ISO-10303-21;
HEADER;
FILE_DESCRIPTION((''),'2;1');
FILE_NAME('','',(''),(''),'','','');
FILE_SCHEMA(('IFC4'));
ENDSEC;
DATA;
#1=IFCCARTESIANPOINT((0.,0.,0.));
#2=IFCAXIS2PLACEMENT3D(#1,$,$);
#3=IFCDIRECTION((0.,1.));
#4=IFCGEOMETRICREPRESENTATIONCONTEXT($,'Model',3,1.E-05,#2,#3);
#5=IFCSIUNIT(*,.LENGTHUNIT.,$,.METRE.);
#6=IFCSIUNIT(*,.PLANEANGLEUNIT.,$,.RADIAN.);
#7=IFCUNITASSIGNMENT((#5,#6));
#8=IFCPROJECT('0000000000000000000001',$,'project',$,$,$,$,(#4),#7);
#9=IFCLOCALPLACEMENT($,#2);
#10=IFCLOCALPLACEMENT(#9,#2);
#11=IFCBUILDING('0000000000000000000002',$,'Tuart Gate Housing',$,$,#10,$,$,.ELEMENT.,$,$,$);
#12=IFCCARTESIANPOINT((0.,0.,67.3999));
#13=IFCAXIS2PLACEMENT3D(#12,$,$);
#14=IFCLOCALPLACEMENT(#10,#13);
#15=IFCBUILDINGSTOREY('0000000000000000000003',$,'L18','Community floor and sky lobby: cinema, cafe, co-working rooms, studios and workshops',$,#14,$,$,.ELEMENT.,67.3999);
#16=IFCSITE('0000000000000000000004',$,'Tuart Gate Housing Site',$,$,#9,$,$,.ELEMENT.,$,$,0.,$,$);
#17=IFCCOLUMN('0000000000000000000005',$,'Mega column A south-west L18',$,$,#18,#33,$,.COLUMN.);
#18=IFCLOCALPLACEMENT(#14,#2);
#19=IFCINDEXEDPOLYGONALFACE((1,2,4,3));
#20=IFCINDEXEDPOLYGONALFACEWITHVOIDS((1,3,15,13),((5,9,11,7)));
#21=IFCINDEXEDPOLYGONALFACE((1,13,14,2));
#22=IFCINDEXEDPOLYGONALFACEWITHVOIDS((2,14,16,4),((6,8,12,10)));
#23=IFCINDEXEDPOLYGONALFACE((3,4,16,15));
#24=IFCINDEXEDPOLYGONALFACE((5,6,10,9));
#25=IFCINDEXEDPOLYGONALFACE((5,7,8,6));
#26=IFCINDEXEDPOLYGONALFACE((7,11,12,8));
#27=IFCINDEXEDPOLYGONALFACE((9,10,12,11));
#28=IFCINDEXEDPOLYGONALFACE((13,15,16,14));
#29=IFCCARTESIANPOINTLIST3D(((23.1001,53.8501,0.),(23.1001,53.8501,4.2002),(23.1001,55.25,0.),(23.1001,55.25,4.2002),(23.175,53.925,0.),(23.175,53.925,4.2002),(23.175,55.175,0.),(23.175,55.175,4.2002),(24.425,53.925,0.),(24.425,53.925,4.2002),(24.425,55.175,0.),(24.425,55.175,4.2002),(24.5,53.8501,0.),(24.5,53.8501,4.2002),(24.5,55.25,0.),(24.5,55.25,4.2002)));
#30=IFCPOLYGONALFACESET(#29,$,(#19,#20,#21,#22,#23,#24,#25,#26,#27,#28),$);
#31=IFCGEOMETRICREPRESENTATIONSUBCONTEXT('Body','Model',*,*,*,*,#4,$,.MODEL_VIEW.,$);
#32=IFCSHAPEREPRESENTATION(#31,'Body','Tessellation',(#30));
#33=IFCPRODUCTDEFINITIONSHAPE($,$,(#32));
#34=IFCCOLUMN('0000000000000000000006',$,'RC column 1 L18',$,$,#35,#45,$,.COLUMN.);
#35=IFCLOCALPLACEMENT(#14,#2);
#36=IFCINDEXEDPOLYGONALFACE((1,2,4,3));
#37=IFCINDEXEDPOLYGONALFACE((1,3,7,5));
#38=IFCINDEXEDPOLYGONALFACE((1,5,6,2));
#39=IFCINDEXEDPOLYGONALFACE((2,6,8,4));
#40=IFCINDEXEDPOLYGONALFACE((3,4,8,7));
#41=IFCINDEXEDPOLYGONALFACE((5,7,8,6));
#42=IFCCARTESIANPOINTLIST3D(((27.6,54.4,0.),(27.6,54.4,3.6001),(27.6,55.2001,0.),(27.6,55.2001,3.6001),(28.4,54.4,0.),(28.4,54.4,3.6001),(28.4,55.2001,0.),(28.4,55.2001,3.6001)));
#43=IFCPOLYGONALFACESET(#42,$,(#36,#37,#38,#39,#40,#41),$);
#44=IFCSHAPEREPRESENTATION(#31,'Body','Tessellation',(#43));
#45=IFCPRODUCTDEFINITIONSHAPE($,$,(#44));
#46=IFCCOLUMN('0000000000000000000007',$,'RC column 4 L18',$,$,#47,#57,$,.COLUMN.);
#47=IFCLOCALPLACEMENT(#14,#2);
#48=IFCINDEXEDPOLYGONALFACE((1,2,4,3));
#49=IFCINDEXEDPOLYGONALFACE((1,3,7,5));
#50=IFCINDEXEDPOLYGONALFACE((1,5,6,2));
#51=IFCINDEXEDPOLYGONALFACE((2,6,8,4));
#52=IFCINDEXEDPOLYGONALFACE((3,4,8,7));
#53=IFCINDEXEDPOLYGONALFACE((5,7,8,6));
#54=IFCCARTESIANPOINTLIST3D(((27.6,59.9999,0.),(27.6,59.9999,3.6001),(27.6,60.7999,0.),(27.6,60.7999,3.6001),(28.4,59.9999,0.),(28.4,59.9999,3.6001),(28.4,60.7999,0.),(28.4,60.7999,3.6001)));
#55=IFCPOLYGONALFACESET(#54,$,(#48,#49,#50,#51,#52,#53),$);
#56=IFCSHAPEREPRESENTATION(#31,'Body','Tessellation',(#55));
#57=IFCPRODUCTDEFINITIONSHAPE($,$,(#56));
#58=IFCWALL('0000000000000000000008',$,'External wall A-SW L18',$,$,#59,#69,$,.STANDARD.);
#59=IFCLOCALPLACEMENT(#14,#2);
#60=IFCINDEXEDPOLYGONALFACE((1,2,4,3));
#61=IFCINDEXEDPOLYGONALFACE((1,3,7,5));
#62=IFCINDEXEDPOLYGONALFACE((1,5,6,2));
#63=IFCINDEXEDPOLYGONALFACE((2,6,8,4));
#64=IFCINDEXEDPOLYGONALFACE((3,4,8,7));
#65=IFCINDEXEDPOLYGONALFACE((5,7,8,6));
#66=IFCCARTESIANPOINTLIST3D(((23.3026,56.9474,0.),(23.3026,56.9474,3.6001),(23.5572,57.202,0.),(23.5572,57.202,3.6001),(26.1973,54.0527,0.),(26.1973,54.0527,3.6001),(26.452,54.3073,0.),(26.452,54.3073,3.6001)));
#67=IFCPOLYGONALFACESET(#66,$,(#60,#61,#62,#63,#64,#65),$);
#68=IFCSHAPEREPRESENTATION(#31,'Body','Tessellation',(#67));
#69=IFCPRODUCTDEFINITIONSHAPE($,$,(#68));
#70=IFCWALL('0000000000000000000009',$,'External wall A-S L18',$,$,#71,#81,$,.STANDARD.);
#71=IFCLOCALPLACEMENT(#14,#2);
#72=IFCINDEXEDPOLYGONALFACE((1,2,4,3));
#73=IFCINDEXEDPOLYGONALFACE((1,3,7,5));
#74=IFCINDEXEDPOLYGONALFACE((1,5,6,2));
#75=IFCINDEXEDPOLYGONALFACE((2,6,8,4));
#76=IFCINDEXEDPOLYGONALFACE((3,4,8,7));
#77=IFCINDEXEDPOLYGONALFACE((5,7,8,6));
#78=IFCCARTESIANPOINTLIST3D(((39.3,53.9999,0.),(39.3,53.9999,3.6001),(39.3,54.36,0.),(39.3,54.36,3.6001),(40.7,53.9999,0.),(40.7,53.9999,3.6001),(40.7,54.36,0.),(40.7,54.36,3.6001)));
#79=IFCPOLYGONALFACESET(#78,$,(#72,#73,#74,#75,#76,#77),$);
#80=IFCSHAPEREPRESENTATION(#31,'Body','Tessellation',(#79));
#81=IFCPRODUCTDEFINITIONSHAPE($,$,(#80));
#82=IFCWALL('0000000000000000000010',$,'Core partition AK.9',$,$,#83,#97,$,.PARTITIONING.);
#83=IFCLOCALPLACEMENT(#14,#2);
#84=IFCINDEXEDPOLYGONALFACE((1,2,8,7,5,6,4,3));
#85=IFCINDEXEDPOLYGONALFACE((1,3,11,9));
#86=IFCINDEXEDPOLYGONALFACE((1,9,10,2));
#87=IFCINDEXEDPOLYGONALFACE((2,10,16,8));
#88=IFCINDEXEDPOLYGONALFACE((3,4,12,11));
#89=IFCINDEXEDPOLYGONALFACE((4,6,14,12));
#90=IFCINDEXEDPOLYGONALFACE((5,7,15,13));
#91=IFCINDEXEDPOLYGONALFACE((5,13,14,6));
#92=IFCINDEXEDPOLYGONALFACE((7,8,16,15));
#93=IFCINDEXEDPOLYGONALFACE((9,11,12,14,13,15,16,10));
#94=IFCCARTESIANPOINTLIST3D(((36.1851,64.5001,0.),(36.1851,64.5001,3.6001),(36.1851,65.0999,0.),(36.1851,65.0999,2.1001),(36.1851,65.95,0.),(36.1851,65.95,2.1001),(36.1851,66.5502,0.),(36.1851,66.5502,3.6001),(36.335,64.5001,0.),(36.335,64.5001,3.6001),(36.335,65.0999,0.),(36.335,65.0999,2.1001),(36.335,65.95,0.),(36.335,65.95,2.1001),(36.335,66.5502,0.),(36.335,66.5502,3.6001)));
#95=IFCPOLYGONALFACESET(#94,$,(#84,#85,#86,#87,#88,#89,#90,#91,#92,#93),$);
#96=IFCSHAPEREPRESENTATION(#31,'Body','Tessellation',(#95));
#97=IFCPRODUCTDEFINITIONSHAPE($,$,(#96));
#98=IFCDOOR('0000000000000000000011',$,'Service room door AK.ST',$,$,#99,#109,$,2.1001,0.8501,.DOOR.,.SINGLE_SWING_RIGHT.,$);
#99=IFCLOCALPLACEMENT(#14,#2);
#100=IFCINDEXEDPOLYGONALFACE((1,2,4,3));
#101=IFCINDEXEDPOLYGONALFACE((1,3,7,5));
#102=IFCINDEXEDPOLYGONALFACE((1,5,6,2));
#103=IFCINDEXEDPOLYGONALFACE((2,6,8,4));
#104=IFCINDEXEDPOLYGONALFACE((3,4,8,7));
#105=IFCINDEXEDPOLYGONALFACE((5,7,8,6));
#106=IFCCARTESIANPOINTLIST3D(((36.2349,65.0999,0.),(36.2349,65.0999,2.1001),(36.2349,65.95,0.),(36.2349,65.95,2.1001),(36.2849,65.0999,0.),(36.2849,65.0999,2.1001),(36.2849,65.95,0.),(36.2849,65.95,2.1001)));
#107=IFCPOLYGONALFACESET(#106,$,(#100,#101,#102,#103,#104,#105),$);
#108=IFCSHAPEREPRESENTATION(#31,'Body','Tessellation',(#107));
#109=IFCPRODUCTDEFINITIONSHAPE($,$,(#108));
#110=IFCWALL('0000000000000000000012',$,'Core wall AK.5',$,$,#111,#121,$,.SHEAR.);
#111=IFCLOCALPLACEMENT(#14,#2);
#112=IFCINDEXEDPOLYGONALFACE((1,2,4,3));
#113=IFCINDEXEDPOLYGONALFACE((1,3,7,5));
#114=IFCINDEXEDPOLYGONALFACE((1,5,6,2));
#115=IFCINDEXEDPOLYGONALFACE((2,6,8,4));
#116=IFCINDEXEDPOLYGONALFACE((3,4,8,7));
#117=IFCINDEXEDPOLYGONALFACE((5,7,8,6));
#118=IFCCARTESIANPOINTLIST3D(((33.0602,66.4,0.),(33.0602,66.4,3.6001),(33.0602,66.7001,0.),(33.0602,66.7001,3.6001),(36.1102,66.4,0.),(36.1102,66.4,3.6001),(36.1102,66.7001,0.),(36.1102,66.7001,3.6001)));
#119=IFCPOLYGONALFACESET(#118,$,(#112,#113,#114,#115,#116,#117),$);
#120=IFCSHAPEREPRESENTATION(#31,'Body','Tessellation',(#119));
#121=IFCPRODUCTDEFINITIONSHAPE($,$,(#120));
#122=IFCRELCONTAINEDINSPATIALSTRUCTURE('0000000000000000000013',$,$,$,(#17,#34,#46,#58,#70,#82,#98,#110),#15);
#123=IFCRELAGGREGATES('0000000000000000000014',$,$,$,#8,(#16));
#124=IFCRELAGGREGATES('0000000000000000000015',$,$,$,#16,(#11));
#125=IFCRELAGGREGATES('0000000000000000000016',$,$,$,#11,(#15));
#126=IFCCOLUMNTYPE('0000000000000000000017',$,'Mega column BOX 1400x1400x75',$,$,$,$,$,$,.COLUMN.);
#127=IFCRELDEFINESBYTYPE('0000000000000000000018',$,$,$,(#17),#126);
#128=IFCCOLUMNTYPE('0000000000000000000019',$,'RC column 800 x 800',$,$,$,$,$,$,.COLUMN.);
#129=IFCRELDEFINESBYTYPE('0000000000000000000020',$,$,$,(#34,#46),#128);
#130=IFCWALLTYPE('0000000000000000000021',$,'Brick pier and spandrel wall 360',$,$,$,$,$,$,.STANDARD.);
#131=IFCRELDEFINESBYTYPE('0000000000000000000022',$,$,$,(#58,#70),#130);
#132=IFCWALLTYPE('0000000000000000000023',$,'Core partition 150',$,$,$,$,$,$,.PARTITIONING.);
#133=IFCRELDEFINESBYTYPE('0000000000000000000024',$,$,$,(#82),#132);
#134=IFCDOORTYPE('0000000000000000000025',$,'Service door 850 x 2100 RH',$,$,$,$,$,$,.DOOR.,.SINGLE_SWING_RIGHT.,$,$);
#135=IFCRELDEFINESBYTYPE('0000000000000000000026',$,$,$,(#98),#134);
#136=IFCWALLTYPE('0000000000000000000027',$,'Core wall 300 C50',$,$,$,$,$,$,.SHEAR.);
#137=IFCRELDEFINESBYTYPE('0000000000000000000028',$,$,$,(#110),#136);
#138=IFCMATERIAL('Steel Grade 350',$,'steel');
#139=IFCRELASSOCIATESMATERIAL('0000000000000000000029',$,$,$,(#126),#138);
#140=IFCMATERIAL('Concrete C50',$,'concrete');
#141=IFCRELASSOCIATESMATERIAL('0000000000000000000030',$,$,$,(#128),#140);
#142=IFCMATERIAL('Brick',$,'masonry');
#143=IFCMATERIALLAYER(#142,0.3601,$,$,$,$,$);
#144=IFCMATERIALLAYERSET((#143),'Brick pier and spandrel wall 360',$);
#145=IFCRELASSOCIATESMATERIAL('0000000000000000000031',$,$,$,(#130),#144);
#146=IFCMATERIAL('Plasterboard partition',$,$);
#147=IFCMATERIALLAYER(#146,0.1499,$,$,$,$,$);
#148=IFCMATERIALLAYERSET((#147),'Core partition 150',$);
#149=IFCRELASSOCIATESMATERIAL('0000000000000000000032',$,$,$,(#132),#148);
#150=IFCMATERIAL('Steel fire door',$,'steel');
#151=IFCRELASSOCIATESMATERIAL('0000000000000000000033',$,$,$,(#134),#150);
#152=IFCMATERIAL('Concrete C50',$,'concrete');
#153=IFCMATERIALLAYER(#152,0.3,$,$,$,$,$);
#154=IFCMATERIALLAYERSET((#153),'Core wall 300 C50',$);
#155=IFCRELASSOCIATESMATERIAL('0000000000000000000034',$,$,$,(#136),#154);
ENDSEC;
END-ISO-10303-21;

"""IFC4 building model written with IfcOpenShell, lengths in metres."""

from ifc_helpers import new_model, si_unit, direction, frame, frame_2d, origin, origin_2d, place, context, subcontext, project, spatial, rectangle, hollow_rectangle, extrude, material, layer, layer_set, material_profile, profile_set, type_object, element, fill, save


model = new_model("IFC4")

# Units and contexts
model_context = context("Model", 3, precision=1e-05, world=origin(), true_north=direction((0.0, 1.0)))
body_context = subcontext(model_context, "Body", "Model", "MODEL_VIEW")
ifc_project = project(units=[si_unit("LENGTHUNIT", "METRE"), si_unit("PLANEANGLEUNIT", "RADIAN")], contexts=[model_context])

# Site, building, storey
site_placement = place(None, origin())
site = spatial("IfcSite", under=ifc_project, at=site_placement, Name="Tuart Gate Housing Site", CompositionType="ELEMENT", RefElevation=0.0)
building_placement = place(site_placement, origin())
building = spatial("IfcBuilding", under=site, at=building_placement, Name="Tuart Gate Housing", CompositionType="ELEMENT")
storey_placement = place(building_placement, frame((0.0, 0.0, 67.3999)))
storey = spatial("IfcBuildingStorey", under=building, at=storey_placement, Name="L18", Description="Community floor and sky lobby: cinema, cafe, co-working rooms, studios and workshops", CompositionType="ELEMENT", Elevation=67.3999)

# Columns
ifc_material_1 = material(Name="Steel Grade 350", Category="steel")
ifc_material_profile_1 = material_profile(ifc_material_1, hollow_rectangle(XDim=1.3999, YDim=1.3999, WallThickness=0.075, at=origin_2d()), Name="BOX 1400x1400x75")
ifc_profile_set_1 = profile_set([ifc_material_profile_1], Name="Steel Grade 350")
column_type_1 = type_object("IfcColumnType", Name="Mega column BOX 1400x1400x75", PredefinedType="COLUMN", material=ifc_profile_set_1)
column_placement = place(storey_placement, frame((23.8, 54.55, 0.0), z_axis=(0.0, 0.0, 1.0), x_axis=(1.0, 0.0, 0.0)))
element("IfcColumn", 1, at=column_placement, inside=storey, type_object=column_type_1, Name="Mega column A south-west L18", PredefinedType="COLUMN", context=body_context, shape_type="SweptSolid", body=[
    extrude(hollow_rectangle(XDim=1.3999, YDim=1.3999, WallThickness=0.075, at=origin_2d()), origin(), (0.0, 0.0, 1.0), 4.2002),
])
ifc_material_2 = material(Name="Concrete C50", Category="concrete")
ifc_material_profile_2 = material_profile(ifc_material_2, rectangle(XDim=0.8, YDim=0.8, at=origin_2d()), Name="RC column 800 x 800")
ifc_profile_set_2 = profile_set([ifc_material_profile_2], Name="Concrete C50")
column_type_2 = type_object("IfcColumnType", Name="RC column 800 x 800", PredefinedType="COLUMN", material=ifc_profile_set_2)
for number, where, z_axis, x_axis, name in (
    (2, (28.0, 54.8, 0.0), (0.0, 0.0, 1.0), (1.0, 0.0, 0.0), "RC column 1 L18"),
    (3, (28.0, 60.3999, 0.0), (0.0, 0.0, 1.0), (1.0, 0.0, 0.0), "RC column 4 L18"),
):
    element("IfcColumn", number, at=place(storey_placement, frame(where, z_axis=z_axis, x_axis=x_axis)), inside=storey, type_object=column_type_2, Name=name, PredefinedType="COLUMN", context=body_context, shape_type="SweptSolid", body=[
        extrude(rectangle(XDim=0.8, YDim=0.8, at=origin_2d()), origin(), (0.0, 0.0, 1.0), 3.6001),
    ])

# Walls
ifc_material_3 = material(Name="Brick", Category="masonry")
ifc_layer_1 = layer(ifc_material_3, 0.3601)
ifc_layer_set_1 = layer_set([ifc_layer_1], Name="Brick pier and spandrel wall 360")
wall_type_1 = type_object("IfcWallType", Name="Brick pier and spandrel wall 360", PredefinedType="STANDARD", material=ifc_layer_set_1)
wall_1_placement = place(storey_placement, frame((23.4299, 57.0747, 0.0), z_axis=(0.0, 0.0, 1.0), x_axis=(0.707107, -0.707107, 0.0)))
element("IfcWall", 4, at=wall_1_placement, inside=storey, type_object=wall_type_1, Name="External wall A-SW L18", PredefinedType="STANDARD", context=body_context, shape_type="SweptSolid", body=[
    extrude(rectangle(XDim=4.0938, YDim=0.3601, at=frame_2d((2.0469, 0.0))), origin(), (0.0, 0.0, 1.0), 3.6001),
])
wall_2_placement = place(storey_placement, frame((39.3, 54.1799, 0.0), z_axis=(0.0, 0.0, 1.0), x_axis=(1.0, 0.0, 0.0)))
element("IfcWall", 5, at=wall_2_placement, inside=storey, type_object=wall_type_1, Name="External wall A-S L18", PredefinedType="STANDARD", context=body_context, shape_type="SweptSolid", body=[
    extrude(rectangle(XDim=1.3999, YDim=0.3601, at=frame_2d((0.7, 0.0))), origin(), (0.0, 0.0, 1.0), 3.6001),
])

# Wall, opening, door
ifc_material_4 = material(Name="Plasterboard partition")
ifc_layer_2 = layer(ifc_material_4, 0.1499)
ifc_layer_set_2 = layer_set([ifc_layer_2], Name="Core partition 150")
wall_type_2 = type_object("IfcWallType", Name="Core partition 150", PredefinedType="PARTITIONING", material=ifc_layer_set_2)
wall_3_placement = place(storey_placement, frame((36.26, 66.55, 0.0), z_axis=(0.0, 0.0, 1.0), x_axis=(0.0, -1.0, 0.0)))
wall_3 = element("IfcWall", 6, at=wall_3_placement, inside=storey, type_object=wall_type_2, Name="Core partition AK.9", PredefinedType="PARTITIONING", context=body_context, shape_type="SweptSolid", body=[
    extrude(rectangle(XDim=2.05, YDim=0.1499, at=frame_2d((1.0249, 0.0))), origin(), (0.0, 0.0, 1.0), 3.6001),
])
opening_1_placement = place(wall_3_placement, frame((0.6001, 0.0, 0.0)))
opening_1 = element("IfcOpeningElement", 7, at=opening_1_placement, cuts=wall_3, PredefinedType="OPENING", context=body_context, shape_type="SweptSolid", body=[
    extrude(rectangle(XDim=0.8501, YDim=2.1001, at=frame_2d((0.425, 1.05))), frame((0.0, 0.085, 0.0), z_axis=(0.0, -1.0, 0.0), x_axis=(1.0, 0.0, 0.0)), (0.0, 0.0, 1.0), 0.1699),
])
ifc_material_5 = material(Name="Steel fire door", Category="steel")
door_type_1 = type_object("IfcDoorType", Name="Service door 850 x 2100 RH", OperationType="SINGLE_SWING_RIGHT", PredefinedType="DOOR", material=ifc_material_5)
door_1_placement = place(opening_1_placement, frame((0.8501, 0.0, 0.0), z_axis=(0.0, 0.0, 1.0), x_axis=(-1.0, 0.0, 0.0)))
door_1 = element("IfcDoor", 8, at=door_1_placement, inside=storey, type_object=door_type_1, Name="Service room door AK.ST", OperationType="SINGLE_SWING_RIGHT", OverallHeight=2.1001, OverallWidth=0.8501, PredefinedType="DOOR", context=body_context, shape_type="SweptSolid", body=[
    extrude(rectangle(XDim=0.8501, YDim=2.1001, at=frame_2d((0.425, 1.05))), frame((0.0, 0.0251, 0.0), z_axis=(0.0, -1.0, 0.0), x_axis=(1.0, 0.0, 0.0)), (0.0, 0.0, 1.0), 0.05),
])
fill(opening_1, door_1)

# Wall
ifc_material_6 = material(Name="Concrete C50", Category="concrete")
ifc_layer_3 = layer(ifc_material_6, 0.3)
ifc_layer_set_3 = layer_set([ifc_layer_3], Name="Core wall 300 C50")
wall_type_3 = type_object("IfcWallType", Name="Core wall 300 C50", PredefinedType="SHEAR", material=ifc_layer_set_3)
wall_4_placement = place(storey_placement, frame((36.1101, 66.55, 0.0), z_axis=(0.0, 0.0, 1.0), x_axis=(-1.0, 0.0, 0.0)))
element("IfcWall", 9, at=wall_4_placement, inside=storey, type_object=wall_type_3, Name="Core wall AK.5", PredefinedType="SHEAR", context=body_context, shape_type="SweptSolid", body=[
    extrude(rectangle(XDim=3.05, YDim=0.3, at=frame_2d((1.5249, 0.0))), origin(), (0.0, 0.0, 1.0), 3.6001),
])

save(model, "model.ifc")
